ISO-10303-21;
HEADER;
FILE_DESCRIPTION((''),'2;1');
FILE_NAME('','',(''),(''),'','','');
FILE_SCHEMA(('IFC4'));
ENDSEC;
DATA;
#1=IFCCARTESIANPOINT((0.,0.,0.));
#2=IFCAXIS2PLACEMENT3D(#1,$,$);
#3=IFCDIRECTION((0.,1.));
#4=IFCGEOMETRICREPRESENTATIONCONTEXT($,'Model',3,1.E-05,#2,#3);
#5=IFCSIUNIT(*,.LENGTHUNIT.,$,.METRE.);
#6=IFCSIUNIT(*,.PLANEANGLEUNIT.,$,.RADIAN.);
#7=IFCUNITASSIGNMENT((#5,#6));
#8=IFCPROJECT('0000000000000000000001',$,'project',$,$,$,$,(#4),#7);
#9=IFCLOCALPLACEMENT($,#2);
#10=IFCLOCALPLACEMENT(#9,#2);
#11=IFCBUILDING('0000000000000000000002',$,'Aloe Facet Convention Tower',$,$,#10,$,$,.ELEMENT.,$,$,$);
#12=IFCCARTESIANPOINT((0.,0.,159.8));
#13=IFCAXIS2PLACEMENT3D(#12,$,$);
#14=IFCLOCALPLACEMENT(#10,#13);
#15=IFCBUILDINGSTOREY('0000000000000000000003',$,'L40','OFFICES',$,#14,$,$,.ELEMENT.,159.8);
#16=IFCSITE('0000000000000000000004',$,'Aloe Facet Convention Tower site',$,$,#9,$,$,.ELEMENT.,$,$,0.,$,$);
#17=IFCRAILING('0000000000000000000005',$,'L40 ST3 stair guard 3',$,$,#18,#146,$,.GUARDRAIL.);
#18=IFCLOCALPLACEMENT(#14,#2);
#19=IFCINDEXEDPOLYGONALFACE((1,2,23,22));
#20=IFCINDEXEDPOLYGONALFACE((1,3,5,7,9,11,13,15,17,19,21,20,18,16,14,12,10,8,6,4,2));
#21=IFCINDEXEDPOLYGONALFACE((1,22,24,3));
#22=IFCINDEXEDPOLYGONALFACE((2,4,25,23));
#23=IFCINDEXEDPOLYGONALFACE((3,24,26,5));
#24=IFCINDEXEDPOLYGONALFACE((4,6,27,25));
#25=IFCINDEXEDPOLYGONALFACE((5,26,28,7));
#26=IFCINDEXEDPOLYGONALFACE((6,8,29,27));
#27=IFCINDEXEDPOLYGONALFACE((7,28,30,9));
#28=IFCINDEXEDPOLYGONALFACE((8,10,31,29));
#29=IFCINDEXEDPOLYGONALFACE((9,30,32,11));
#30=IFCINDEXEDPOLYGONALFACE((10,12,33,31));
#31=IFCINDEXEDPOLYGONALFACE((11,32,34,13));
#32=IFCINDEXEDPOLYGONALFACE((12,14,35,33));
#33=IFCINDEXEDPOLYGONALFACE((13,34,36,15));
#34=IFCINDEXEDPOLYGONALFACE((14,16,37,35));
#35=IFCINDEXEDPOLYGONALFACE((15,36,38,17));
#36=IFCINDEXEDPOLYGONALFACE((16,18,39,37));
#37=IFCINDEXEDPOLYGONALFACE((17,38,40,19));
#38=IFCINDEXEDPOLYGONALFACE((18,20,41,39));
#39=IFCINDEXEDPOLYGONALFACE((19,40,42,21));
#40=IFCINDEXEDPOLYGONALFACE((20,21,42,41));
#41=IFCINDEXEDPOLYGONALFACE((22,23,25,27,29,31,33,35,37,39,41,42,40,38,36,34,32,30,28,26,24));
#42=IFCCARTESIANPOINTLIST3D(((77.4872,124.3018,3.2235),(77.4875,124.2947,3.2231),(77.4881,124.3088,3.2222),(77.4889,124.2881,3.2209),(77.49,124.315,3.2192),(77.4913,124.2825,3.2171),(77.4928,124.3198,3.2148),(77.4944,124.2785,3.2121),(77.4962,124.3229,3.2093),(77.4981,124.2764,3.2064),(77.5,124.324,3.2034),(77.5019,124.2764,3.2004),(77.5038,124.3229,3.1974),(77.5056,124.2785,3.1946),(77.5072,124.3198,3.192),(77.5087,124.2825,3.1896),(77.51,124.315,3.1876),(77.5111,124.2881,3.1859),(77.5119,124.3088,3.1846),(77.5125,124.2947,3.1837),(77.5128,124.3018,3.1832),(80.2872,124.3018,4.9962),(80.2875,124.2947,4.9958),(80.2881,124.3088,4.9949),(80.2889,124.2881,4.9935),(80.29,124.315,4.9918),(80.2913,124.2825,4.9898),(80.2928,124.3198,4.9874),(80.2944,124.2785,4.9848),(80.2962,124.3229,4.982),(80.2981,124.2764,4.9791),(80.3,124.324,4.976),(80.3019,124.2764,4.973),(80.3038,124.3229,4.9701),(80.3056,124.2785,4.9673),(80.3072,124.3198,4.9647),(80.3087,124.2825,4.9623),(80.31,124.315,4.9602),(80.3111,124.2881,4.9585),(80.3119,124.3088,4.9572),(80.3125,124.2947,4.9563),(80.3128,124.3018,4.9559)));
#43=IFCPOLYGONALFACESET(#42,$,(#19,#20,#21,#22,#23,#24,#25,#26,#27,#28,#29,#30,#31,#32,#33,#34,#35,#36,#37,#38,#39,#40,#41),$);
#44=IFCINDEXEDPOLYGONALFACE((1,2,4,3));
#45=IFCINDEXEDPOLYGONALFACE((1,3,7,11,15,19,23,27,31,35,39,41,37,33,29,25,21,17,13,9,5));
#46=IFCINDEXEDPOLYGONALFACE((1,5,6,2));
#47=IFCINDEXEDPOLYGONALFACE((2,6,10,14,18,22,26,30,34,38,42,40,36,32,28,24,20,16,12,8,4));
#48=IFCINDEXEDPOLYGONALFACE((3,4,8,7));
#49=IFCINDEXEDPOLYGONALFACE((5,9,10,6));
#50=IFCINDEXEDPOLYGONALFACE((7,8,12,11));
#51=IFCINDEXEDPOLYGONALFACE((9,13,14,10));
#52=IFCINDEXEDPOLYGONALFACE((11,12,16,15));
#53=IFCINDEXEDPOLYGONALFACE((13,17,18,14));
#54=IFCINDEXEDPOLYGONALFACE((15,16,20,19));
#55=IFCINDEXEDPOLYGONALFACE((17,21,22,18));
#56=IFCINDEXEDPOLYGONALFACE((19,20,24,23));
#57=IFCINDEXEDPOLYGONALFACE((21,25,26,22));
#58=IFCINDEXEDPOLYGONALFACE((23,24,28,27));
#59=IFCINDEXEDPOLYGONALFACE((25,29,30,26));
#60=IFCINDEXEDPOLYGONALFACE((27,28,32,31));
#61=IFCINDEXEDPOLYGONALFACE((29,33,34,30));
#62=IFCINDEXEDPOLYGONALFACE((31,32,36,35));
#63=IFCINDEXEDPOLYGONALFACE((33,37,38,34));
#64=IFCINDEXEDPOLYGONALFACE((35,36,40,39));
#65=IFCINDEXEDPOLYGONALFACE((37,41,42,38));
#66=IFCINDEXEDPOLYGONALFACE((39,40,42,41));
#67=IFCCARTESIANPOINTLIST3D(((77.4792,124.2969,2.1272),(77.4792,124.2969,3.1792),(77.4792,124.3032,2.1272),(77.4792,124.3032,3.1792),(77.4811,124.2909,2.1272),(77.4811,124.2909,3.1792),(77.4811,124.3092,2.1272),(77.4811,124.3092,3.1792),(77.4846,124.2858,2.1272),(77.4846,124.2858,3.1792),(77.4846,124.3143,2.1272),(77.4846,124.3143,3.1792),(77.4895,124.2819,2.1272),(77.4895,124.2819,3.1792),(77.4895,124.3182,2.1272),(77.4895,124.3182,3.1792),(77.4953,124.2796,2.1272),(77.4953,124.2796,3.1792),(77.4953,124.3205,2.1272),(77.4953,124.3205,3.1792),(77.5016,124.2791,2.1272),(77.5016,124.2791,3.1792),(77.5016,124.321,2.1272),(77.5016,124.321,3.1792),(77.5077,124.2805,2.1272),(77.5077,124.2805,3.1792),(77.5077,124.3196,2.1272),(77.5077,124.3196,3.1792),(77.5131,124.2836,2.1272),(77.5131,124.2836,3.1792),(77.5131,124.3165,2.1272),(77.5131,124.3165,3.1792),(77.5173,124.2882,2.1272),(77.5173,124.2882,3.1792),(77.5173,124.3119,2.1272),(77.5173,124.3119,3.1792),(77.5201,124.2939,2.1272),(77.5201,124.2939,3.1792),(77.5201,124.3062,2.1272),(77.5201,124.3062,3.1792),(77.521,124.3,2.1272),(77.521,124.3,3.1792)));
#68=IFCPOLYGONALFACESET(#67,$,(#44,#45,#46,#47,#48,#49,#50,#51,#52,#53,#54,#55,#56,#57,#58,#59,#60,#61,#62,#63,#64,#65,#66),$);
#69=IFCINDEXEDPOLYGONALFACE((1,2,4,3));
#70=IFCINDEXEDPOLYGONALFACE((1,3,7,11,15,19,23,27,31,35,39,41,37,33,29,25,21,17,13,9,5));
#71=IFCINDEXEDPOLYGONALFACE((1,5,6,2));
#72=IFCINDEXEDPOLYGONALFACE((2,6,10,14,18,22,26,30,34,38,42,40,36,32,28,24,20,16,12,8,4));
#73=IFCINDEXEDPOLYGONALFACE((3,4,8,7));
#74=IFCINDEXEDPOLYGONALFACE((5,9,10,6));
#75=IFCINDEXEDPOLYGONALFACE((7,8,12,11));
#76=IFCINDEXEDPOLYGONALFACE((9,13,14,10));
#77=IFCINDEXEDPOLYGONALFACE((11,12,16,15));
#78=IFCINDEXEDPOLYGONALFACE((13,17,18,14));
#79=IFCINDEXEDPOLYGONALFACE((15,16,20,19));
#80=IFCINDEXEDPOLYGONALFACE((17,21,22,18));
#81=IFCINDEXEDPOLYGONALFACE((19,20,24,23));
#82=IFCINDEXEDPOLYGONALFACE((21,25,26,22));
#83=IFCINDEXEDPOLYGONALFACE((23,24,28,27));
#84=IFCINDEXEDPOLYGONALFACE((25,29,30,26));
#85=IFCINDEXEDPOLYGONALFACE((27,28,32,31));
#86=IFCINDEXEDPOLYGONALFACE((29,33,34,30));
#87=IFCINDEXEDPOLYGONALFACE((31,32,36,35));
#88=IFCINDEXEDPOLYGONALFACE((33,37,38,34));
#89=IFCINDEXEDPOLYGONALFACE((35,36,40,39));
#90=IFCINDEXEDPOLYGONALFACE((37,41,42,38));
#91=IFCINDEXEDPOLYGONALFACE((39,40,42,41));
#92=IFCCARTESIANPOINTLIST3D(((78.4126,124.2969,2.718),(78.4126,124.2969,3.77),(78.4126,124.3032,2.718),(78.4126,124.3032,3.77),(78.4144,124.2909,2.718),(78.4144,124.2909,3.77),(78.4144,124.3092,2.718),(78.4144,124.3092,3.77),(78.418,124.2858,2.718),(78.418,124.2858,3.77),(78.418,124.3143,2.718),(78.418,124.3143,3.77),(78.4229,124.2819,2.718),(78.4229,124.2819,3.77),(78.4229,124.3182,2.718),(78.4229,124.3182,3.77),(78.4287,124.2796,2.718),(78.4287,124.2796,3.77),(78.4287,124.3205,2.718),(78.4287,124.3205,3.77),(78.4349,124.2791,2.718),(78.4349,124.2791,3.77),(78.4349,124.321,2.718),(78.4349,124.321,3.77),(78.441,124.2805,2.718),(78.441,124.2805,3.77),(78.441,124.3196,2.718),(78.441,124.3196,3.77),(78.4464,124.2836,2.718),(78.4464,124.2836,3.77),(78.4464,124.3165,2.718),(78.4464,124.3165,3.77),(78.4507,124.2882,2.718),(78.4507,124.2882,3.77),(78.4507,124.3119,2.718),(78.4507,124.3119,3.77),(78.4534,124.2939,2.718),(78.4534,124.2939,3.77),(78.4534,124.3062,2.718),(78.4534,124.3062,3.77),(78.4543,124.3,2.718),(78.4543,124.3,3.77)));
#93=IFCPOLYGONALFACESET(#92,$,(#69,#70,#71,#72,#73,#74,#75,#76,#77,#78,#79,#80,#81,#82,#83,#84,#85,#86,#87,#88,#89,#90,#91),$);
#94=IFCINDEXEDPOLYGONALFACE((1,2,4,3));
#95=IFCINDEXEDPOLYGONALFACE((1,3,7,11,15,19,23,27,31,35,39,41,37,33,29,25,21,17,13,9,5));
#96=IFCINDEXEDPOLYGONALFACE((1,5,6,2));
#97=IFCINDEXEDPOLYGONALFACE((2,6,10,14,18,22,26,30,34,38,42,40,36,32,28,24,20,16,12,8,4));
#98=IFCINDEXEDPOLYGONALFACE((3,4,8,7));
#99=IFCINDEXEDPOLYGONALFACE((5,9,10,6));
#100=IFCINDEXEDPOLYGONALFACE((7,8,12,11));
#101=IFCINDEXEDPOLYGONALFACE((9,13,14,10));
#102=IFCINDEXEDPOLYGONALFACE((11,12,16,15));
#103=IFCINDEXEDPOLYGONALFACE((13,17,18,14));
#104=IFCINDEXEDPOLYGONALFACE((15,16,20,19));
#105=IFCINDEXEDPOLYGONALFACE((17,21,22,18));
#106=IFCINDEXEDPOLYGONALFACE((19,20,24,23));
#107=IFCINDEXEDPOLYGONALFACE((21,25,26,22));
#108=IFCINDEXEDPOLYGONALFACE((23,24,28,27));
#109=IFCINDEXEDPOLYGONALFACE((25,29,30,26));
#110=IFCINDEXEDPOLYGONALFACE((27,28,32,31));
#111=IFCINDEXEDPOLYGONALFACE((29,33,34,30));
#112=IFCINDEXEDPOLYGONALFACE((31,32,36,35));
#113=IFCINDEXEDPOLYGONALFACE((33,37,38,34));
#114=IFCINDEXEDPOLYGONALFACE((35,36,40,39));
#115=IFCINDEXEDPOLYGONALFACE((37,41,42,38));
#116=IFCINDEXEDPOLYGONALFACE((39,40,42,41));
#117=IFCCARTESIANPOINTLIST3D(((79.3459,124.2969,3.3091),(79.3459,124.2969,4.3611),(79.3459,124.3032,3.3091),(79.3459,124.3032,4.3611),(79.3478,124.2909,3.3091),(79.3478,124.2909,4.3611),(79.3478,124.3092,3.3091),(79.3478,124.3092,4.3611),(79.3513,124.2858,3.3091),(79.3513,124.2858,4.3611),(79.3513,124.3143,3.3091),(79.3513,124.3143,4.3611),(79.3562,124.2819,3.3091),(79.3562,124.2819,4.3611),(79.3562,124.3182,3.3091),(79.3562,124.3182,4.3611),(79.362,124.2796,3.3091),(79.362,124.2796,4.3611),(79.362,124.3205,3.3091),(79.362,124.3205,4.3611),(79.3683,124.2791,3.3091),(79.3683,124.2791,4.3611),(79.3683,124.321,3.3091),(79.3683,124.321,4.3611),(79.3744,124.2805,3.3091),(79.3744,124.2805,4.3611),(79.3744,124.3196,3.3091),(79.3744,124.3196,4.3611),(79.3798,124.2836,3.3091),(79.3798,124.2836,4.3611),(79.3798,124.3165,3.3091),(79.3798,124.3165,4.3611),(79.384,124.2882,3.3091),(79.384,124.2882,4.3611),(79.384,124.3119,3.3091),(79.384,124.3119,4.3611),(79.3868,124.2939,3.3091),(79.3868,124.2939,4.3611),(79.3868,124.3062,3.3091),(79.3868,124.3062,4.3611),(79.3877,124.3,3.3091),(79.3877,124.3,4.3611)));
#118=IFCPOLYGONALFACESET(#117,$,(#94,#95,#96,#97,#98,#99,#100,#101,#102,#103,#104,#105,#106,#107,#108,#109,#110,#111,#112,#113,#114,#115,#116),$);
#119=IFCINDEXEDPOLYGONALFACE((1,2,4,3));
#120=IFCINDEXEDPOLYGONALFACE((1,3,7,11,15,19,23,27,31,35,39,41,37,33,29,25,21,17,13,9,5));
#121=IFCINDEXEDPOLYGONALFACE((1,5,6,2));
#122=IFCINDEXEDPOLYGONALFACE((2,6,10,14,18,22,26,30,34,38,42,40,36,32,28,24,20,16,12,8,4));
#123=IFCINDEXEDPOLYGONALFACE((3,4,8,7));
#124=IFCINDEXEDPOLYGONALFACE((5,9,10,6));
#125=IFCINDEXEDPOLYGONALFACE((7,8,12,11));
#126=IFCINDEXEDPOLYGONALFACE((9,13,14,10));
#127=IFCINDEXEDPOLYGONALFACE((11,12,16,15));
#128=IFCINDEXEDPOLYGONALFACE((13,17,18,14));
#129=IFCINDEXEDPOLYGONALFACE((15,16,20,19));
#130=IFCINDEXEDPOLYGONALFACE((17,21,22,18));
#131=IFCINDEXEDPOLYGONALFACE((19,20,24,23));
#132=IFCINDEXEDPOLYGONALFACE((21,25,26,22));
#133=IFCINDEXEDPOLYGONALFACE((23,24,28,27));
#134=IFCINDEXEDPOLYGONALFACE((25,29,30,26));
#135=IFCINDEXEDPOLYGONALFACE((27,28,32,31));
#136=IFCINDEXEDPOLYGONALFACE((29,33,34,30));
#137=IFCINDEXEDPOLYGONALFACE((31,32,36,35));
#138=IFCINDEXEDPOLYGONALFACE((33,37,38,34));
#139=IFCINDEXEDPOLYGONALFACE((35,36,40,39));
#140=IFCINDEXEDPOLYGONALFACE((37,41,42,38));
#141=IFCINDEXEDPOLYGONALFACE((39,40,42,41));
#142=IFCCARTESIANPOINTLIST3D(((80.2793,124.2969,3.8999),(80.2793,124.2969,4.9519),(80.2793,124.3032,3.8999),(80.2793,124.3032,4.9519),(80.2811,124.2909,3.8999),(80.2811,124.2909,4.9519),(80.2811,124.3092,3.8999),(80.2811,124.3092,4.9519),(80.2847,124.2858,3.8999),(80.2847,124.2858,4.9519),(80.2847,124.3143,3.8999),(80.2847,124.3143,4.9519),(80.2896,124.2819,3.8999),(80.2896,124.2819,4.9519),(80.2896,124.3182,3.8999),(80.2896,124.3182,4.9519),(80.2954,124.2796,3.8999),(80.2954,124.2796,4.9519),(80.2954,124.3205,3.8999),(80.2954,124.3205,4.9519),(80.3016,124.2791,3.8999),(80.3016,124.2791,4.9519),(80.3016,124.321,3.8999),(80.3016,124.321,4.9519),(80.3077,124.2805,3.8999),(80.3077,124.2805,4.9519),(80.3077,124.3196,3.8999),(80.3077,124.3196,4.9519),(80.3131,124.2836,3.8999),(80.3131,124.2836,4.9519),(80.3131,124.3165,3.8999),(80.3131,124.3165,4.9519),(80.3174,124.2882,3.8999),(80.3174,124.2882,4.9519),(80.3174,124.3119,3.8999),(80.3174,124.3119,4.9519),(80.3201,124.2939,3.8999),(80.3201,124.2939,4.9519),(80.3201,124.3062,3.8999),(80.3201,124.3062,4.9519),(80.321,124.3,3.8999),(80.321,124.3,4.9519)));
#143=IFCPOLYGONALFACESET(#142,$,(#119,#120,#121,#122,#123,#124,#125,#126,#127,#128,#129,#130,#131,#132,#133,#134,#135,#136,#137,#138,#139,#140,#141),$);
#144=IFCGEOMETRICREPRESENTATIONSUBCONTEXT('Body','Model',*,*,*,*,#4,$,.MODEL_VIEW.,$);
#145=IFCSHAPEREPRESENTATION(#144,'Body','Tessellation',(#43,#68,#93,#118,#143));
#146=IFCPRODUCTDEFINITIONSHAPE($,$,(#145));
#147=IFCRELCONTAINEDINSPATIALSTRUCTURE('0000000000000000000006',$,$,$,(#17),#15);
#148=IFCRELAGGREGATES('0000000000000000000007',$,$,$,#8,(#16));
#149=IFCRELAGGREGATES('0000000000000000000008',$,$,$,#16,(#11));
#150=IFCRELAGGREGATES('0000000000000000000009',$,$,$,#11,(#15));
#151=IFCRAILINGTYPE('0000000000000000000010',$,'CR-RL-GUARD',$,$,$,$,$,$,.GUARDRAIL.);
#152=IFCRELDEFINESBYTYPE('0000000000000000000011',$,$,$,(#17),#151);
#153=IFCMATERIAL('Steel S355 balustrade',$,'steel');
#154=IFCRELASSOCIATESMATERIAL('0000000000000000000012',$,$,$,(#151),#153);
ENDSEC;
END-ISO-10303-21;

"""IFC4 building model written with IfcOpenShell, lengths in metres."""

from ifc_helpers import new_model, si_unit, direction, frame, origin, origin_2d, place, context, subcontext, project, spatial, circle, extrude, material, type_object, element, save


model = new_model("IFC4")

# Units and contexts
model_context = context("Model", 3, precision=1e-05, world=origin(), true_north=direction((0.0, 1.0)))
body_context = subcontext(model_context, "Body", "Model", "MODEL_VIEW")
ifc_project = project(units=[si_unit("LENGTHUNIT", "METRE"), si_unit("PLANEANGLEUNIT", "RADIAN")], contexts=[model_context])

# Site, building, storey
site_placement = place(None, origin())
site = spatial("IfcSite", under=ifc_project, at=site_placement, Name="Aloe Facet Convention Tower site", CompositionType="ELEMENT", RefElevation=0.0)
building_placement = place(site_placement, origin())
building = spatial("IfcBuilding", under=site, at=building_placement, Name="Aloe Facet Convention Tower", CompositionType="ELEMENT")
storey_placement = place(building_placement, frame((0.0, 0.0, 159.8)))
storey = spatial("IfcBuildingStorey", under=building, at=storey_placement, Name="L40", Description="OFFICES", CompositionType="ELEMENT", Elevation=159.8)

# Railing
ifc_material_1 = material(Name="Steel S355 balustrade", Category="steel")
railing_type_1 = type_object("IfcRailingType", Name="CR-RL-GUARD", PredefinedType="GUARDRAIL", material=ifc_material_1)
railing_1_placement = place(storey_placement, frame((77.5, 124.3, 2.1272)))
element("IfcRailing", 1, at=railing_1_placement, inside=storey, type_object=railing_type_1, Name="L40 ST3 stair guard 3", PredefinedType="GUARDRAIL", context=body_context, shape_type="SweptSolid", body=[
    extrude(circle(Radius=0.0239, at=origin_2d()), frame((0.0, 0.0, 1.0762), z_axis=(0.844909, 0.0, 0.53491), x_axis=(0.0, 1.0, 0.0)), (0.0, 0.0, 1.0), 3.314),
    extrude(circle(Radius=0.021, at=origin_2d()), origin(), (0.0, 0.0, 1.0), 1.052),
    extrude(circle(Radius=0.021, at=origin_2d()), frame((0.9333, 0.0, 0.5908)), (0.0, 0.0, 1.0), 1.052),
    extrude(circle(Radius=0.021, at=origin_2d()), frame((1.8667, 0.0, 1.1819)), (0.0, 0.0, 1.0), 1.052),
    extrude(circle(Radius=0.021, at=origin_2d()), frame((2.8, 0.0, 1.7727)), (0.0, 0.0, 1.0), 1.052),
])

save(model, "model.ifc")
